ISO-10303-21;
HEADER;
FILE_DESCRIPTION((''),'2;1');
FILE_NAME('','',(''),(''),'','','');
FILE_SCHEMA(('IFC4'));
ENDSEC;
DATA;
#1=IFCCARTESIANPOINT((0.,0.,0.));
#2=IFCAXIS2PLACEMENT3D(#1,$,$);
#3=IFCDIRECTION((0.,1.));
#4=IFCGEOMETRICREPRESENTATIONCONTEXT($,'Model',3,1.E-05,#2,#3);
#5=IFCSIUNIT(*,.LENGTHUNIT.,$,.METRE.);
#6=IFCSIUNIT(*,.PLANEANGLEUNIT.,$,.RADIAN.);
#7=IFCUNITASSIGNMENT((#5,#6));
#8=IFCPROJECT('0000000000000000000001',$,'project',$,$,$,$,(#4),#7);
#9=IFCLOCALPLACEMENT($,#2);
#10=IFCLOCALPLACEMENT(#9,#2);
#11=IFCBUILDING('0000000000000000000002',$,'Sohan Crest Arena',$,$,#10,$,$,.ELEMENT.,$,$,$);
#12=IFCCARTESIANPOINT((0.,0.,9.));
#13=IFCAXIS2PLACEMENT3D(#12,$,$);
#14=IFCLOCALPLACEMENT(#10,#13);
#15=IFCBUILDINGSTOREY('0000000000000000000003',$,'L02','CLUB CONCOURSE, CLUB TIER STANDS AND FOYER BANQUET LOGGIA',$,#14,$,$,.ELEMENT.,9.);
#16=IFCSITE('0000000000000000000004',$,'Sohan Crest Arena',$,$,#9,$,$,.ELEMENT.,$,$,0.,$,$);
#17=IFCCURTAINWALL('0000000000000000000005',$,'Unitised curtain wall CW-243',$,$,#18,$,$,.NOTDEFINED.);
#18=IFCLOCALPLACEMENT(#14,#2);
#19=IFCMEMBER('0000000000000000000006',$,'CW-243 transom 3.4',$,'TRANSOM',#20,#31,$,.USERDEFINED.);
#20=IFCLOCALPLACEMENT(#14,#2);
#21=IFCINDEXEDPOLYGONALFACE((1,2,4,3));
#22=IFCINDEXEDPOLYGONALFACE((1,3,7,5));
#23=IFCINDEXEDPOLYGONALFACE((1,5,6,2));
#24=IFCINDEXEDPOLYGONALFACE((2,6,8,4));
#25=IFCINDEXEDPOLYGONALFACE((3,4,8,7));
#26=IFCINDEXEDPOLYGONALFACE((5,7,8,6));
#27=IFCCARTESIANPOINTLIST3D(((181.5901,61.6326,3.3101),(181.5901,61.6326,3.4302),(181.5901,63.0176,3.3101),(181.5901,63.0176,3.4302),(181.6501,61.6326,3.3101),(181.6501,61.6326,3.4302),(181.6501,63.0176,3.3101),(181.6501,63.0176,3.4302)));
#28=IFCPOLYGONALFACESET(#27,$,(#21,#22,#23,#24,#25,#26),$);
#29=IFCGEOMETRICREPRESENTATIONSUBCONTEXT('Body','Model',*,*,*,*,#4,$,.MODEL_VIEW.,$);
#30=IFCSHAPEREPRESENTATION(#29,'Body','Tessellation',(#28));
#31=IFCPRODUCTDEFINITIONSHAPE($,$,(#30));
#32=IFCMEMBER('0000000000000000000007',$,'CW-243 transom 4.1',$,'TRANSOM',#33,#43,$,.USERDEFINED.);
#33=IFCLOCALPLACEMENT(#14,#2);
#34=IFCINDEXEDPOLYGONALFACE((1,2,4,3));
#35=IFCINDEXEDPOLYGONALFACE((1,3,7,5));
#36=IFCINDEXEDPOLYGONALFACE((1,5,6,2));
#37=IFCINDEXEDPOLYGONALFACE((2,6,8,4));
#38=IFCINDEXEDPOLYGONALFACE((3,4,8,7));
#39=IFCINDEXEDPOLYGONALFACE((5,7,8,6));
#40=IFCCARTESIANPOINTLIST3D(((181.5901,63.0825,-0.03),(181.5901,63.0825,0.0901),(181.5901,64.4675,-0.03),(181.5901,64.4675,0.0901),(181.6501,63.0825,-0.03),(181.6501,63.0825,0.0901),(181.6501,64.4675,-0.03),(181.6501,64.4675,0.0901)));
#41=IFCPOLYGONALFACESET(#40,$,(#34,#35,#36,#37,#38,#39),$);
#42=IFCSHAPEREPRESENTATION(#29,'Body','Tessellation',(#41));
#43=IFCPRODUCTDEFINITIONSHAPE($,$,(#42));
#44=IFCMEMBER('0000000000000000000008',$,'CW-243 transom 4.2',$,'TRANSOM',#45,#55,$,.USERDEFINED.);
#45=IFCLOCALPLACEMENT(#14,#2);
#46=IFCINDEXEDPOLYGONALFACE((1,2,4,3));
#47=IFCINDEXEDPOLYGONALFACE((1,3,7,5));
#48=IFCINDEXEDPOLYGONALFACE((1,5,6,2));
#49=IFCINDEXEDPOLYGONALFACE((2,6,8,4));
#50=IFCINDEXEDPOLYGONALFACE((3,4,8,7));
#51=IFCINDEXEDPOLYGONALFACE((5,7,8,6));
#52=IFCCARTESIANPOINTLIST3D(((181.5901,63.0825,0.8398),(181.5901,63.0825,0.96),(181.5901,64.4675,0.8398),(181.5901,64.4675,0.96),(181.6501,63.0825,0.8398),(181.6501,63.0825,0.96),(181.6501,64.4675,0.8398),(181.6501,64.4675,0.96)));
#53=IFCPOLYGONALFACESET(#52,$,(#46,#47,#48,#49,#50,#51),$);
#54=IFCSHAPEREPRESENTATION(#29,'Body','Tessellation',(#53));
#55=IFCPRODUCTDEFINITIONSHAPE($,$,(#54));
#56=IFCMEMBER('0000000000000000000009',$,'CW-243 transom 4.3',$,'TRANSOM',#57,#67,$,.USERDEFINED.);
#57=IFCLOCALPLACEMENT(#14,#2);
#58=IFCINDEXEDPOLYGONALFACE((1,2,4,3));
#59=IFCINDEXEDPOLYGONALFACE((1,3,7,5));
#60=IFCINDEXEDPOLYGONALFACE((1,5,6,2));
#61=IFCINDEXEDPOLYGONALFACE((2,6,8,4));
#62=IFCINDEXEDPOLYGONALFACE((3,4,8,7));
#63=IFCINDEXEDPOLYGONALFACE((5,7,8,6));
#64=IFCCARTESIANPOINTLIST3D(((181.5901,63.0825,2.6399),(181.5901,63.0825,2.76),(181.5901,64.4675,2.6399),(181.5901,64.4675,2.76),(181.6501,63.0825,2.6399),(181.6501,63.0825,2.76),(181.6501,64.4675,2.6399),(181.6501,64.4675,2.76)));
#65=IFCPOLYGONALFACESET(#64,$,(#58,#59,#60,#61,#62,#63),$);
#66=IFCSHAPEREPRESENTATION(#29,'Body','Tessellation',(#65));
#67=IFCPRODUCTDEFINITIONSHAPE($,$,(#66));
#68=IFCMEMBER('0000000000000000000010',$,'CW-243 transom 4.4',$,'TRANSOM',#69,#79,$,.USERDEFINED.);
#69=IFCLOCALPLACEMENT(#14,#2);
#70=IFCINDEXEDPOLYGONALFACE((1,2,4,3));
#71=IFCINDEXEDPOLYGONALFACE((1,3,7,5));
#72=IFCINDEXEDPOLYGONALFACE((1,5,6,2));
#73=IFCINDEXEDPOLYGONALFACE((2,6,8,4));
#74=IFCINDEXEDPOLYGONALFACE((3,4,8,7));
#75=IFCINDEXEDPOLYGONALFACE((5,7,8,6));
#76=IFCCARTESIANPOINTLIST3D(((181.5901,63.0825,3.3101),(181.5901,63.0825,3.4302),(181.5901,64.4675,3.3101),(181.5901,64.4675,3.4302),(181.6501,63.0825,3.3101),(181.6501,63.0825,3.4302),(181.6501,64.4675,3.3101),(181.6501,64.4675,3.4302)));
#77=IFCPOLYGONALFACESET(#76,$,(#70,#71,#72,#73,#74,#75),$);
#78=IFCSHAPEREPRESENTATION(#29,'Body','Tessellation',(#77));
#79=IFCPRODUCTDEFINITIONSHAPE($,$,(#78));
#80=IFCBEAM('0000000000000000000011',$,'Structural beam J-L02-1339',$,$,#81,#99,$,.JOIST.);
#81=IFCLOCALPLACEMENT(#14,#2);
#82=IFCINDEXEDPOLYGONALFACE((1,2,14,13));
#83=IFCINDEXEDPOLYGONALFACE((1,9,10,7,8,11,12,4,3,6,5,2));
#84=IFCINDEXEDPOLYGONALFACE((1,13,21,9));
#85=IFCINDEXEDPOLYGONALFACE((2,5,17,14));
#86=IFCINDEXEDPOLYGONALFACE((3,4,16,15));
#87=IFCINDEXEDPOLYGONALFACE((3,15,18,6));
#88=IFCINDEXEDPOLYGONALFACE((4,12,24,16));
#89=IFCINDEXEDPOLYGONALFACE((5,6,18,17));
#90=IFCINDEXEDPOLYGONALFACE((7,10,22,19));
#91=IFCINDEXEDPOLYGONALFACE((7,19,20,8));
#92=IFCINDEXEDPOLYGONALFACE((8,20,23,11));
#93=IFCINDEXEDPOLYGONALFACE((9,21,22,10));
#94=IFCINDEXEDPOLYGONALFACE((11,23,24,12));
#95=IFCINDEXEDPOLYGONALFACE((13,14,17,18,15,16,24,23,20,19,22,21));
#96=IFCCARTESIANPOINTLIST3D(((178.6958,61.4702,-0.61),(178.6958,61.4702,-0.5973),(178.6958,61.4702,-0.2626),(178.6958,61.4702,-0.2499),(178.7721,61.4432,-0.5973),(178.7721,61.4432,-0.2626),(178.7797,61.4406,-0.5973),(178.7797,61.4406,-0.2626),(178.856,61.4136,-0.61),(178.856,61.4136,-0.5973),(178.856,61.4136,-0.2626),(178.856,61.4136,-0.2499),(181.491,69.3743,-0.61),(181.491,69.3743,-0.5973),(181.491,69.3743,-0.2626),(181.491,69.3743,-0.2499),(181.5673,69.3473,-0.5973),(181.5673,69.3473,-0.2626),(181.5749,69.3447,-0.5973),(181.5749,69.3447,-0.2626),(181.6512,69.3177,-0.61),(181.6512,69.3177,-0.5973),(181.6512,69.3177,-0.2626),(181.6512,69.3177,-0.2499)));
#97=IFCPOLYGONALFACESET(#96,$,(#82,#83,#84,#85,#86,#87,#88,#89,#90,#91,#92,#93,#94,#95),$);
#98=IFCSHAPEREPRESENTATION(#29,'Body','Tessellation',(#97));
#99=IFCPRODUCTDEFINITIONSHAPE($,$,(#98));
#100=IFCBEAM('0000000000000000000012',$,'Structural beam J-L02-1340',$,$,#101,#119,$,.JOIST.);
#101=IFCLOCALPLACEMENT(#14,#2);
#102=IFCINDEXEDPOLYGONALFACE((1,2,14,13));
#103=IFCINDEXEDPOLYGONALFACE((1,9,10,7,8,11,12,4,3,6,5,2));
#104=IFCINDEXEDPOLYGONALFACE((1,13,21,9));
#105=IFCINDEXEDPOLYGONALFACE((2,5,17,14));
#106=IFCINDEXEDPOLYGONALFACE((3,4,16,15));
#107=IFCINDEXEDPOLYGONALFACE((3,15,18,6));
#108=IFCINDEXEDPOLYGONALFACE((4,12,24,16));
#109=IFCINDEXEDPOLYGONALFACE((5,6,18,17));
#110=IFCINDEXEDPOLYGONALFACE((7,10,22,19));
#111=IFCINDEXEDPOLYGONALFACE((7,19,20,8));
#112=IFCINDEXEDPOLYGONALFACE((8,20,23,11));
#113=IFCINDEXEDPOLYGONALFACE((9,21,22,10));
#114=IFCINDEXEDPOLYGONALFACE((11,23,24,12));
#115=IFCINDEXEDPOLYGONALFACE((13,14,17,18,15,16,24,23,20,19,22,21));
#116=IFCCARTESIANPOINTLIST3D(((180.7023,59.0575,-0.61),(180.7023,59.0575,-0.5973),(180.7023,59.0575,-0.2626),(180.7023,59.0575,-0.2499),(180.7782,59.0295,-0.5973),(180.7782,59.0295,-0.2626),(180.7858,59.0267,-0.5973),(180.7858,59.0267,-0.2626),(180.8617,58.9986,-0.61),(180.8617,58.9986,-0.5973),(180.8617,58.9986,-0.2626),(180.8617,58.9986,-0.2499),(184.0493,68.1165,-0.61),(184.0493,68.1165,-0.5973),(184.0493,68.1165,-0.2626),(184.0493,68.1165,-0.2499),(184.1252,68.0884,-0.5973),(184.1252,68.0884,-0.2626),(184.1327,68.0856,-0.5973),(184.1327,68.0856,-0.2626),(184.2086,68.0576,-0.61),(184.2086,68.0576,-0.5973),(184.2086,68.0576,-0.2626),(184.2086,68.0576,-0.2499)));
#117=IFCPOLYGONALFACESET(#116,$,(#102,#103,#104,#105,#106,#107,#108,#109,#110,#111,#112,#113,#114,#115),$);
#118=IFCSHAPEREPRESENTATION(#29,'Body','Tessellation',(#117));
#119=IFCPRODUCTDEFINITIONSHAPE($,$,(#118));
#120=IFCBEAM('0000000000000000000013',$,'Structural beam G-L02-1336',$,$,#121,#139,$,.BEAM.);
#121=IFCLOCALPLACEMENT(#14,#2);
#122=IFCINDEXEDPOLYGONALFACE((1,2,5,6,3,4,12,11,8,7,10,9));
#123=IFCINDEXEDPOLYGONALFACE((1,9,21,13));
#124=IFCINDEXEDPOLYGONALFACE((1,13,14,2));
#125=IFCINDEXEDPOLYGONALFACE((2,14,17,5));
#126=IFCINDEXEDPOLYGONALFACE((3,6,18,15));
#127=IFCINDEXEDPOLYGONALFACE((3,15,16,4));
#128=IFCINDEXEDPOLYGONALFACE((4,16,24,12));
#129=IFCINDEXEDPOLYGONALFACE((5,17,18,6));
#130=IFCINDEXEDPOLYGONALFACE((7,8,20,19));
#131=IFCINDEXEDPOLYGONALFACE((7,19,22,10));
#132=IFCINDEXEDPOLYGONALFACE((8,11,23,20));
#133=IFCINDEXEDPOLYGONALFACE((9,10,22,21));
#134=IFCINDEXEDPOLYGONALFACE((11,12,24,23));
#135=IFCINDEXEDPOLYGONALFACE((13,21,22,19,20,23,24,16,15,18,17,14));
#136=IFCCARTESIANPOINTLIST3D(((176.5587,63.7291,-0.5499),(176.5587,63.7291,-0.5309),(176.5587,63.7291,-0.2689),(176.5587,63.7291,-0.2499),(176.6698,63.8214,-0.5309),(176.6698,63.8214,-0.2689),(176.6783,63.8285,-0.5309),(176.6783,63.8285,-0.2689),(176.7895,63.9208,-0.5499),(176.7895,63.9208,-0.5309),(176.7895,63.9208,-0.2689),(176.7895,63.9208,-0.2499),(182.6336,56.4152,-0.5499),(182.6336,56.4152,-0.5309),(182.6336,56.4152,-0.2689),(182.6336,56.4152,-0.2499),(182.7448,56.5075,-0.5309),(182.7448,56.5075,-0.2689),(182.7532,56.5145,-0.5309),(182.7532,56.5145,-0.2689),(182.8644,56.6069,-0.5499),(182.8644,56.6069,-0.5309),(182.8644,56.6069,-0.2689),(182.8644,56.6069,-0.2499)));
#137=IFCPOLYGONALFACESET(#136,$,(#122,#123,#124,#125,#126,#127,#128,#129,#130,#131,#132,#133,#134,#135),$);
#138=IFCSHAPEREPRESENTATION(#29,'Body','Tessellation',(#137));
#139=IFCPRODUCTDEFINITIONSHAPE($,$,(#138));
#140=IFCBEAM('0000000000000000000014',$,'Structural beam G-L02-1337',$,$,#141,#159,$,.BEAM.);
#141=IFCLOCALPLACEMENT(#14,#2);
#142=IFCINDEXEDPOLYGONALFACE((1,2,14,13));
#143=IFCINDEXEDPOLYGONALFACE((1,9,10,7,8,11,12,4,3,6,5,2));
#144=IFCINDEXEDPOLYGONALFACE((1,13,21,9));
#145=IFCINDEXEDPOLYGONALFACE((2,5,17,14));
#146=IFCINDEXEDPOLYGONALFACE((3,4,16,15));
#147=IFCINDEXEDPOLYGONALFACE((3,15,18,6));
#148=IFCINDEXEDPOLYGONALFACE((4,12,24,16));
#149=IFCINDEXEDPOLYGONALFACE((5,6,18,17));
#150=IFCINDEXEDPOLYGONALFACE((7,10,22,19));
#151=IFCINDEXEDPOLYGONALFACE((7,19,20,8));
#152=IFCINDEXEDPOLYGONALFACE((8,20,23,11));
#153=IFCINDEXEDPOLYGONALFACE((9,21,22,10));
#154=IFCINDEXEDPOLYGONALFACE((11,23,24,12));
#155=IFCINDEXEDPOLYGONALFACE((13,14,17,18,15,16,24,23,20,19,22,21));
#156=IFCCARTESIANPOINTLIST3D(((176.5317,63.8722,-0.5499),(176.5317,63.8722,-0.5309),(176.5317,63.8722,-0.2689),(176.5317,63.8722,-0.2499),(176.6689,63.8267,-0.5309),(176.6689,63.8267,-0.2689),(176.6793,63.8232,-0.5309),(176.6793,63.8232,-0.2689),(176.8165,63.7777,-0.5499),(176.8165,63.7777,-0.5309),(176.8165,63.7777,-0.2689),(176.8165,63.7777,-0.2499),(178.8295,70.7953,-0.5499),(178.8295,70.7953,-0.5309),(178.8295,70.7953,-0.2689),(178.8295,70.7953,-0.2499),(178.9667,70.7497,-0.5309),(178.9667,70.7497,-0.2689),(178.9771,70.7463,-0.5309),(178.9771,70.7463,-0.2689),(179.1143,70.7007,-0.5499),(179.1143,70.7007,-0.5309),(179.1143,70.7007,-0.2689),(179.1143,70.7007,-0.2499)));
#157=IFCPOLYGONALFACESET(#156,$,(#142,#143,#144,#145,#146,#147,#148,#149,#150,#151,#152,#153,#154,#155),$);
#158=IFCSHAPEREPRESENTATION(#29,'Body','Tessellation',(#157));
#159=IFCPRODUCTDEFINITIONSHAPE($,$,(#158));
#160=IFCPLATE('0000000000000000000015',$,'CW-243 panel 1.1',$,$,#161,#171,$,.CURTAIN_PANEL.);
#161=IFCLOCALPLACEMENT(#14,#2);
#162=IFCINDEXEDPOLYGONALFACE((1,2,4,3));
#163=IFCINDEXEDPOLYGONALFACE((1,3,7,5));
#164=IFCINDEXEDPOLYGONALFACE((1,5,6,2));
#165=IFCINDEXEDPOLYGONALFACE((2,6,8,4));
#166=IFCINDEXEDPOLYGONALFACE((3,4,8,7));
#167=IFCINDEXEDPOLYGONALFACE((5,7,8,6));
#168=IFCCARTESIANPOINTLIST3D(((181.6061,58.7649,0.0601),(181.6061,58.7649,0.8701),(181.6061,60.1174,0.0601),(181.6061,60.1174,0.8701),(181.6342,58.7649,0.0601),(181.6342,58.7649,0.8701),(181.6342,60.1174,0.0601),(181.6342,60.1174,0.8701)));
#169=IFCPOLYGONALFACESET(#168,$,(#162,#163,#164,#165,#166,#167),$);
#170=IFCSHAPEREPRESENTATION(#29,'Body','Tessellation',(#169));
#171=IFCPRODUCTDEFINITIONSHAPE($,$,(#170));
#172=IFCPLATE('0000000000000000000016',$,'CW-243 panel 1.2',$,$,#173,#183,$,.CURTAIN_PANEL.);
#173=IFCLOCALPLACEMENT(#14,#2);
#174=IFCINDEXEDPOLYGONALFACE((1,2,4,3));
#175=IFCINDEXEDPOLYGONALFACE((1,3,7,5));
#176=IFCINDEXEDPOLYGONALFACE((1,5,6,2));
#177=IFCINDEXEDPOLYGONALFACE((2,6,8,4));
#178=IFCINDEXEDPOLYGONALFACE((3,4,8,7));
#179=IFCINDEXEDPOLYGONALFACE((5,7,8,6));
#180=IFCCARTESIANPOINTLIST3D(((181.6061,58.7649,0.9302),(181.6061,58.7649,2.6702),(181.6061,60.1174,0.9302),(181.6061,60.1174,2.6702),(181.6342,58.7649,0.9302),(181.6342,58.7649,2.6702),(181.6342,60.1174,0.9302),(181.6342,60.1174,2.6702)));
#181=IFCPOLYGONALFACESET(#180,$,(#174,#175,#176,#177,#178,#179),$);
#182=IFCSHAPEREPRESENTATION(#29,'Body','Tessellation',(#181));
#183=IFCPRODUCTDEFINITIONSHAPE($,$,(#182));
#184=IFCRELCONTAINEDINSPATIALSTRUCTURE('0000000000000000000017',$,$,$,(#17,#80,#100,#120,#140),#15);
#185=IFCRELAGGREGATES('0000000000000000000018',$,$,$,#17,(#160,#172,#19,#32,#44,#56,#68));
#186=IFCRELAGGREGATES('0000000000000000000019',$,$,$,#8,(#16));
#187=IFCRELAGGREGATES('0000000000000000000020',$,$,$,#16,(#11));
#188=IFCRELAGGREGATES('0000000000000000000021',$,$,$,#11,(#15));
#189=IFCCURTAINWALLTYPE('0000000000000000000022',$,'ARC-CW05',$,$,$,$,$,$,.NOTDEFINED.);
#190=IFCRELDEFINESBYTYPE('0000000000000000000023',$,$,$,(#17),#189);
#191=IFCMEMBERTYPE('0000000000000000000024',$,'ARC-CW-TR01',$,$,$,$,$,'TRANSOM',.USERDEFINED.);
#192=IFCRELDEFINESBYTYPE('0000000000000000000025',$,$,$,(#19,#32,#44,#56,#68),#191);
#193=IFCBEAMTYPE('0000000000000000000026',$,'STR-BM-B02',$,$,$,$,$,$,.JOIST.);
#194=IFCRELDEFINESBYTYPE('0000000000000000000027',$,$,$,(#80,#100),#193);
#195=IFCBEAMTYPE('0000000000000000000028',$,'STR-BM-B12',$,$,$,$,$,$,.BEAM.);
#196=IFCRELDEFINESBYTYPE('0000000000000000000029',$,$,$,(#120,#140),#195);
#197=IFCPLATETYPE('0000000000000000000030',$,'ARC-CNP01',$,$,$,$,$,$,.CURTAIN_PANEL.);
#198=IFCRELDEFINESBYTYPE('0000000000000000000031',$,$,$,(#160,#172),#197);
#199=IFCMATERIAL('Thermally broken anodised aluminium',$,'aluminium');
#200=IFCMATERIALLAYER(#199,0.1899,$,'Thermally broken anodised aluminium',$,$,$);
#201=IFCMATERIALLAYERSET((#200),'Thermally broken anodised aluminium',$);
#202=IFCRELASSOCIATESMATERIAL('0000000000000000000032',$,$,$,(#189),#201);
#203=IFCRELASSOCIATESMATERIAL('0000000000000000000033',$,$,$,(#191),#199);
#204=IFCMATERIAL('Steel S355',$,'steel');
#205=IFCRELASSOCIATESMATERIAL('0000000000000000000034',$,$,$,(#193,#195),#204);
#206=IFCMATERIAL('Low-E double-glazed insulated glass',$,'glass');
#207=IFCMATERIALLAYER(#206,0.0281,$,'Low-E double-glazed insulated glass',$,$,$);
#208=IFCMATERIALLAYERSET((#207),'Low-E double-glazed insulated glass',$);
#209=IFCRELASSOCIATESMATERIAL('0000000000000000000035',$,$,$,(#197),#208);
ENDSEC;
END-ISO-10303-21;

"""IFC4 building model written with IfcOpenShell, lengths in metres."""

from ifc_helpers import new_model, si_unit, direction, frame, origin, origin_2d, place, context, subcontext, project, spatial, rectangle, i_section, extrude, material, layer, layer_set, material_profile, profile_set, type_object, element, aggregate, save


model = new_model("IFC4")

# Units and contexts
model_context = context("Model", 3, precision=1e-05, world=origin(), true_north=direction((0.0, 1.0)))
body_context = subcontext(model_context, "Body", "Model", "MODEL_VIEW")
ifc_project = project(units=[si_unit("LENGTHUNIT", "METRE"), si_unit("PLANEANGLEUNIT", "RADIAN")], contexts=[model_context])

# Site, building, storey
site_placement = place(None, origin())
site = spatial("IfcSite", under=ifc_project, at=site_placement, Name="Sohan Crest Arena", CompositionType="ELEMENT", RefElevation=0.0)
building_placement = place(site_placement, origin())
building = spatial("IfcBuilding", under=site, at=building_placement, Name="Sohan Crest Arena", CompositionType="ELEMENT")
storey_placement = place(building_placement, frame((0.0, 0.0, 9.0)))
storey = spatial("IfcBuildingStorey", under=building, at=storey_placement, Name="L02", Description="CLUB CONCOURSE, CLUB TIER STANDS AND FOYER BANQUET LOGGIA", CompositionType="ELEMENT", Elevation=9.0)

# Curtain wall, members
ifc_material_1 = material(Name="Thermally broken anodised aluminium", Category="aluminium")
ifc_layer_1 = layer(ifc_material_1, 0.1899, Name="Thermally broken anodised aluminium")
ifc_layer_set_1 = layer_set([ifc_layer_1], Name="Thermally broken anodised aluminium")
curtain_wall_type = type_object("IfcCurtainWallType", Name="ARC-CW05", PredefinedType="NOTDEFINED", material=ifc_layer_set_1)
curtain_wall_placement = place(storey_placement, origin())
curtain_wall = element("IfcCurtainWall", 1, at=curtain_wall_placement, inside=storey, type_object=curtain_wall_type, Name="Unitised curtain wall CW-243", PredefinedType="NOTDEFINED")
ifc_material_profile_1 = material_profile(ifc_material_1, rectangle(XDim=0.0601, YDim=0.1201, at=origin_2d()), Name="ALU-TRAN 60x120")
ifc_profile_set_1 = profile_set([ifc_material_profile_1], Name="Thermally broken anodised aluminium")
member_type_1 = type_object("IfcMemberType", Name="ARC-CW-TR01", ElementType="TRANSOM", PredefinedType="USERDEFINED", material=ifc_profile_set_1)
member_1_placement = place(storey_placement, frame((181.6201, 61.6326, 3.3701), z_axis=(0.0, 1.0, 0.0), x_axis=(-1.0, 0.0, 0.0)))
member_1 = element("IfcMember", 2, at=member_1_placement, type_object=member_type_1, Name="CW-243 transom 3.4", ObjectType="TRANSOM", PredefinedType="USERDEFINED", context=body_context, shape_type="SweptSolid", body=[
    extrude(rectangle(XDim=0.0601, YDim=0.1201, at=origin_2d()), origin(), (0.0, 0.0, 1.0), 1.385),
])
member_2_placement = place(storey_placement, frame((181.6201, 63.0825, 0.03), z_axis=(0.0, 1.0, 0.0), x_axis=(-1.0, 0.0, 0.0)))
member_2 = element("IfcMember", 3, at=member_2_placement, type_object=member_type_1, Name="CW-243 transom 4.1", ObjectType="TRANSOM", PredefinedType="USERDEFINED", context=body_context, shape_type="SweptSolid", body=[
    extrude(rectangle(XDim=0.0601, YDim=0.1201, at=origin_2d()), origin(), (0.0, 0.0, 1.0), 1.385),
])
member_3_placement = place(storey_placement, frame((181.6201, 63.0825, 0.8999), z_axis=(0.0, 1.0, 0.0), x_axis=(-1.0, 0.0, 0.0)))
member_3 = element("IfcMember", 4, at=member_3_placement, type_object=member_type_1, Name="CW-243 transom 4.2", ObjectType="TRANSOM", PredefinedType="USERDEFINED", context=body_context, shape_type="SweptSolid", body=[
    extrude(rectangle(XDim=0.0601, YDim=0.1201, at=origin_2d()), origin(), (0.0, 0.0, 1.0), 1.385),
])
member_4_placement = place(storey_placement, frame((181.6201, 63.0825, 2.7), z_axis=(0.0, 1.0, 0.0), x_axis=(-1.0, 0.0, 0.0)))
member_4 = element("IfcMember", 5, at=member_4_placement, type_object=member_type_1, Name="CW-243 transom 4.3", ObjectType="TRANSOM", PredefinedType="USERDEFINED", context=body_context, shape_type="SweptSolid", body=[
    extrude(rectangle(XDim=0.0601, YDim=0.1201, at=origin_2d()), origin(), (0.0, 0.0, 1.0), 1.385),
])
member_5_placement = place(storey_placement, frame((181.6201, 63.0825, 3.3701), z_axis=(0.0, 1.0, 0.0), x_axis=(-1.0, 0.0, 0.0)))
member_5 = element("IfcMember", 6, at=member_5_placement, type_object=member_type_1, Name="CW-243 transom 4.4", ObjectType="TRANSOM", PredefinedType="USERDEFINED", context=body_context, shape_type="SweptSolid", body=[
    extrude(rectangle(XDim=0.0601, YDim=0.1201, at=origin_2d()), origin(), (0.0, 0.0, 1.0), 1.385),
])

# Beams
ifc_material_2 = material(Name="Steel S355", Category="steel")
ifc_material_profile_2 = material_profile(ifc_material_2, i_section(OverallWidth=0.1699, OverallDepth=0.3601, WebThickness=0.0081, FlangeThickness=0.0127, at=origin_2d()), Name="IPE 360")
ifc_profile_set_2 = profile_set([ifc_material_profile_2], Name="Steel S355")
beam_type_1 = type_object("IfcBeamType", Name="STR-BM-B02", PredefinedType="JOIST", material=ifc_profile_set_2)
beam_1_placement = place(storey_placement, frame((178.7759, 61.4419, -0.4299), z_axis=(0.333403, 0.942784, 0.0), x_axis=(-0.942784, 0.333403, 0.0)))
element("IfcBeam", 7, at=beam_1_placement, inside=storey, type_object=beam_type_1, Name="Structural beam J-L02-1339", PredefinedType="JOIST", context=body_context, shape_type="SweptSolid", body=[
    extrude(i_section(OverallWidth=0.1699, OverallDepth=0.3601, WebThickness=0.0081, FlangeThickness=0.0127, at=origin_2d()), origin(), (0.0, 0.0, 1.0), 8.3838),
])
beam_2_placement = place(storey_placement, frame((180.782, 59.0281, -0.4299), z_axis=(0.346567, 0.938025, 0.0), x_axis=(-0.938025, 0.346567, 0.0)))
element("IfcBeam", 8, at=beam_2_placement, inside=storey, type_object=beam_type_1, Name="Structural beam J-L02-1340", PredefinedType="JOIST", context=body_context, shape_type="SweptSolid", body=[
    extrude(i_section(OverallWidth=0.1699, OverallDepth=0.3601, WebThickness=0.0081, FlangeThickness=0.0127, at=origin_2d()), origin(), (0.0, 0.0, 1.0), 9.6575),
])
ifc_material_profile_3 = material_profile(ifc_material_2, i_section(OverallWidth=0.3, OverallDepth=0.3, WebThickness=0.011, FlangeThickness=0.019, at=origin_2d()), Name="HEB 300")
ifc_profile_set_3 = profile_set([ifc_material_profile_3], Name="Steel S355")
beam_type_2 = type_object("IfcBeamType", Name="STR-BM-B12", PredefinedType="BEAM", material=ifc_profile_set_3)
beam_3_placement = place(storey_placement, frame((176.6741, 63.825, -0.3999), z_axis=(0.638941, -0.769256, 0.0), x_axis=(0.769256, 0.638941, 0.0)))
element("IfcBeam", 9, at=beam_3_placement, inside=storey, type_object=beam_type_2, Name="Structural beam G-L02-1336", PredefinedType="BEAM", context=body_context, shape_type="SweptSolid", body=[
    extrude(i_section(OverallWidth=0.3, OverallDepth=0.3, WebThickness=0.011, FlangeThickness=0.019, at=origin_2d()), origin(), (0.0, 0.0, 1.0), 9.5078),
])
beam_4_placement = place(storey_placement, frame((176.6741, 63.825, -0.3999), z_axis=(0.315013, 0.949087, 0.0), x_axis=(-0.949087, 0.315013, 0.0)))
element("IfcBeam", 10, at=beam_4_placement, inside=storey, type_object=beam_type_2, Name="Structural beam G-L02-1337", PredefinedType="BEAM", context=body_context, shape_type="SweptSolid", body=[
    extrude(i_section(OverallWidth=0.3, OverallDepth=0.3, WebThickness=0.011, FlangeThickness=0.019, at=origin_2d()), origin(), (0.0, 0.0, 1.0), 7.2944),
])

# Plates
ifc_material_3 = material(Name="Low-E double-glazed insulated glass", Category="glass")
ifc_layer_2 = layer(ifc_material_3, 0.0281, Name="Low-E double-glazed insulated glass")
ifc_layer_set_2 = layer_set([ifc_layer_2], Name="Low-E double-glazed insulated glass")
plate_type = type_object("IfcPlateType", Name="ARC-CNP01", PredefinedType="CURTAIN_PANEL", material=ifc_layer_set_2)
plate_1_placement = place(storey_placement, frame((181.6201, 59.4412, 0.0601), z_axis=(0.0, 0.0, 1.0), x_axis=(0.0, 1.0, 0.0)))
plate_1 = element("IfcPlate", 11, at=plate_1_placement, type_object=plate_type, Name="CW-243 panel 1.1", PredefinedType="CURTAIN_PANEL", context=body_context, shape_type="SweptSolid", body=[
    extrude(rectangle(XDim=1.3525, YDim=0.0281, at=origin_2d()), origin(), (0.0, 0.0, 1.0), 0.8101),
])
plate_2_placement = place(storey_placement, frame((181.6201, 59.4412, 0.9302), z_axis=(0.0, 0.0, 1.0), x_axis=(0.0, 1.0, 0.0)))
plate_2 = element("IfcPlate", 12, at=plate_2_placement, type_object=plate_type, Name="CW-243 panel 1.2", PredefinedType="CURTAIN_PANEL", context=body_context, shape_type="SweptSolid", body=[
    extrude(rectangle(XDim=1.3525, YDim=0.0281, at=origin_2d()), origin(), (0.0, 0.0, 1.0), 1.74),
])
aggregate(curtain_wall, [plate_1, plate_2, member_1, member_2, member_3, member_4, member_5])

save(model, "model.ifc")
